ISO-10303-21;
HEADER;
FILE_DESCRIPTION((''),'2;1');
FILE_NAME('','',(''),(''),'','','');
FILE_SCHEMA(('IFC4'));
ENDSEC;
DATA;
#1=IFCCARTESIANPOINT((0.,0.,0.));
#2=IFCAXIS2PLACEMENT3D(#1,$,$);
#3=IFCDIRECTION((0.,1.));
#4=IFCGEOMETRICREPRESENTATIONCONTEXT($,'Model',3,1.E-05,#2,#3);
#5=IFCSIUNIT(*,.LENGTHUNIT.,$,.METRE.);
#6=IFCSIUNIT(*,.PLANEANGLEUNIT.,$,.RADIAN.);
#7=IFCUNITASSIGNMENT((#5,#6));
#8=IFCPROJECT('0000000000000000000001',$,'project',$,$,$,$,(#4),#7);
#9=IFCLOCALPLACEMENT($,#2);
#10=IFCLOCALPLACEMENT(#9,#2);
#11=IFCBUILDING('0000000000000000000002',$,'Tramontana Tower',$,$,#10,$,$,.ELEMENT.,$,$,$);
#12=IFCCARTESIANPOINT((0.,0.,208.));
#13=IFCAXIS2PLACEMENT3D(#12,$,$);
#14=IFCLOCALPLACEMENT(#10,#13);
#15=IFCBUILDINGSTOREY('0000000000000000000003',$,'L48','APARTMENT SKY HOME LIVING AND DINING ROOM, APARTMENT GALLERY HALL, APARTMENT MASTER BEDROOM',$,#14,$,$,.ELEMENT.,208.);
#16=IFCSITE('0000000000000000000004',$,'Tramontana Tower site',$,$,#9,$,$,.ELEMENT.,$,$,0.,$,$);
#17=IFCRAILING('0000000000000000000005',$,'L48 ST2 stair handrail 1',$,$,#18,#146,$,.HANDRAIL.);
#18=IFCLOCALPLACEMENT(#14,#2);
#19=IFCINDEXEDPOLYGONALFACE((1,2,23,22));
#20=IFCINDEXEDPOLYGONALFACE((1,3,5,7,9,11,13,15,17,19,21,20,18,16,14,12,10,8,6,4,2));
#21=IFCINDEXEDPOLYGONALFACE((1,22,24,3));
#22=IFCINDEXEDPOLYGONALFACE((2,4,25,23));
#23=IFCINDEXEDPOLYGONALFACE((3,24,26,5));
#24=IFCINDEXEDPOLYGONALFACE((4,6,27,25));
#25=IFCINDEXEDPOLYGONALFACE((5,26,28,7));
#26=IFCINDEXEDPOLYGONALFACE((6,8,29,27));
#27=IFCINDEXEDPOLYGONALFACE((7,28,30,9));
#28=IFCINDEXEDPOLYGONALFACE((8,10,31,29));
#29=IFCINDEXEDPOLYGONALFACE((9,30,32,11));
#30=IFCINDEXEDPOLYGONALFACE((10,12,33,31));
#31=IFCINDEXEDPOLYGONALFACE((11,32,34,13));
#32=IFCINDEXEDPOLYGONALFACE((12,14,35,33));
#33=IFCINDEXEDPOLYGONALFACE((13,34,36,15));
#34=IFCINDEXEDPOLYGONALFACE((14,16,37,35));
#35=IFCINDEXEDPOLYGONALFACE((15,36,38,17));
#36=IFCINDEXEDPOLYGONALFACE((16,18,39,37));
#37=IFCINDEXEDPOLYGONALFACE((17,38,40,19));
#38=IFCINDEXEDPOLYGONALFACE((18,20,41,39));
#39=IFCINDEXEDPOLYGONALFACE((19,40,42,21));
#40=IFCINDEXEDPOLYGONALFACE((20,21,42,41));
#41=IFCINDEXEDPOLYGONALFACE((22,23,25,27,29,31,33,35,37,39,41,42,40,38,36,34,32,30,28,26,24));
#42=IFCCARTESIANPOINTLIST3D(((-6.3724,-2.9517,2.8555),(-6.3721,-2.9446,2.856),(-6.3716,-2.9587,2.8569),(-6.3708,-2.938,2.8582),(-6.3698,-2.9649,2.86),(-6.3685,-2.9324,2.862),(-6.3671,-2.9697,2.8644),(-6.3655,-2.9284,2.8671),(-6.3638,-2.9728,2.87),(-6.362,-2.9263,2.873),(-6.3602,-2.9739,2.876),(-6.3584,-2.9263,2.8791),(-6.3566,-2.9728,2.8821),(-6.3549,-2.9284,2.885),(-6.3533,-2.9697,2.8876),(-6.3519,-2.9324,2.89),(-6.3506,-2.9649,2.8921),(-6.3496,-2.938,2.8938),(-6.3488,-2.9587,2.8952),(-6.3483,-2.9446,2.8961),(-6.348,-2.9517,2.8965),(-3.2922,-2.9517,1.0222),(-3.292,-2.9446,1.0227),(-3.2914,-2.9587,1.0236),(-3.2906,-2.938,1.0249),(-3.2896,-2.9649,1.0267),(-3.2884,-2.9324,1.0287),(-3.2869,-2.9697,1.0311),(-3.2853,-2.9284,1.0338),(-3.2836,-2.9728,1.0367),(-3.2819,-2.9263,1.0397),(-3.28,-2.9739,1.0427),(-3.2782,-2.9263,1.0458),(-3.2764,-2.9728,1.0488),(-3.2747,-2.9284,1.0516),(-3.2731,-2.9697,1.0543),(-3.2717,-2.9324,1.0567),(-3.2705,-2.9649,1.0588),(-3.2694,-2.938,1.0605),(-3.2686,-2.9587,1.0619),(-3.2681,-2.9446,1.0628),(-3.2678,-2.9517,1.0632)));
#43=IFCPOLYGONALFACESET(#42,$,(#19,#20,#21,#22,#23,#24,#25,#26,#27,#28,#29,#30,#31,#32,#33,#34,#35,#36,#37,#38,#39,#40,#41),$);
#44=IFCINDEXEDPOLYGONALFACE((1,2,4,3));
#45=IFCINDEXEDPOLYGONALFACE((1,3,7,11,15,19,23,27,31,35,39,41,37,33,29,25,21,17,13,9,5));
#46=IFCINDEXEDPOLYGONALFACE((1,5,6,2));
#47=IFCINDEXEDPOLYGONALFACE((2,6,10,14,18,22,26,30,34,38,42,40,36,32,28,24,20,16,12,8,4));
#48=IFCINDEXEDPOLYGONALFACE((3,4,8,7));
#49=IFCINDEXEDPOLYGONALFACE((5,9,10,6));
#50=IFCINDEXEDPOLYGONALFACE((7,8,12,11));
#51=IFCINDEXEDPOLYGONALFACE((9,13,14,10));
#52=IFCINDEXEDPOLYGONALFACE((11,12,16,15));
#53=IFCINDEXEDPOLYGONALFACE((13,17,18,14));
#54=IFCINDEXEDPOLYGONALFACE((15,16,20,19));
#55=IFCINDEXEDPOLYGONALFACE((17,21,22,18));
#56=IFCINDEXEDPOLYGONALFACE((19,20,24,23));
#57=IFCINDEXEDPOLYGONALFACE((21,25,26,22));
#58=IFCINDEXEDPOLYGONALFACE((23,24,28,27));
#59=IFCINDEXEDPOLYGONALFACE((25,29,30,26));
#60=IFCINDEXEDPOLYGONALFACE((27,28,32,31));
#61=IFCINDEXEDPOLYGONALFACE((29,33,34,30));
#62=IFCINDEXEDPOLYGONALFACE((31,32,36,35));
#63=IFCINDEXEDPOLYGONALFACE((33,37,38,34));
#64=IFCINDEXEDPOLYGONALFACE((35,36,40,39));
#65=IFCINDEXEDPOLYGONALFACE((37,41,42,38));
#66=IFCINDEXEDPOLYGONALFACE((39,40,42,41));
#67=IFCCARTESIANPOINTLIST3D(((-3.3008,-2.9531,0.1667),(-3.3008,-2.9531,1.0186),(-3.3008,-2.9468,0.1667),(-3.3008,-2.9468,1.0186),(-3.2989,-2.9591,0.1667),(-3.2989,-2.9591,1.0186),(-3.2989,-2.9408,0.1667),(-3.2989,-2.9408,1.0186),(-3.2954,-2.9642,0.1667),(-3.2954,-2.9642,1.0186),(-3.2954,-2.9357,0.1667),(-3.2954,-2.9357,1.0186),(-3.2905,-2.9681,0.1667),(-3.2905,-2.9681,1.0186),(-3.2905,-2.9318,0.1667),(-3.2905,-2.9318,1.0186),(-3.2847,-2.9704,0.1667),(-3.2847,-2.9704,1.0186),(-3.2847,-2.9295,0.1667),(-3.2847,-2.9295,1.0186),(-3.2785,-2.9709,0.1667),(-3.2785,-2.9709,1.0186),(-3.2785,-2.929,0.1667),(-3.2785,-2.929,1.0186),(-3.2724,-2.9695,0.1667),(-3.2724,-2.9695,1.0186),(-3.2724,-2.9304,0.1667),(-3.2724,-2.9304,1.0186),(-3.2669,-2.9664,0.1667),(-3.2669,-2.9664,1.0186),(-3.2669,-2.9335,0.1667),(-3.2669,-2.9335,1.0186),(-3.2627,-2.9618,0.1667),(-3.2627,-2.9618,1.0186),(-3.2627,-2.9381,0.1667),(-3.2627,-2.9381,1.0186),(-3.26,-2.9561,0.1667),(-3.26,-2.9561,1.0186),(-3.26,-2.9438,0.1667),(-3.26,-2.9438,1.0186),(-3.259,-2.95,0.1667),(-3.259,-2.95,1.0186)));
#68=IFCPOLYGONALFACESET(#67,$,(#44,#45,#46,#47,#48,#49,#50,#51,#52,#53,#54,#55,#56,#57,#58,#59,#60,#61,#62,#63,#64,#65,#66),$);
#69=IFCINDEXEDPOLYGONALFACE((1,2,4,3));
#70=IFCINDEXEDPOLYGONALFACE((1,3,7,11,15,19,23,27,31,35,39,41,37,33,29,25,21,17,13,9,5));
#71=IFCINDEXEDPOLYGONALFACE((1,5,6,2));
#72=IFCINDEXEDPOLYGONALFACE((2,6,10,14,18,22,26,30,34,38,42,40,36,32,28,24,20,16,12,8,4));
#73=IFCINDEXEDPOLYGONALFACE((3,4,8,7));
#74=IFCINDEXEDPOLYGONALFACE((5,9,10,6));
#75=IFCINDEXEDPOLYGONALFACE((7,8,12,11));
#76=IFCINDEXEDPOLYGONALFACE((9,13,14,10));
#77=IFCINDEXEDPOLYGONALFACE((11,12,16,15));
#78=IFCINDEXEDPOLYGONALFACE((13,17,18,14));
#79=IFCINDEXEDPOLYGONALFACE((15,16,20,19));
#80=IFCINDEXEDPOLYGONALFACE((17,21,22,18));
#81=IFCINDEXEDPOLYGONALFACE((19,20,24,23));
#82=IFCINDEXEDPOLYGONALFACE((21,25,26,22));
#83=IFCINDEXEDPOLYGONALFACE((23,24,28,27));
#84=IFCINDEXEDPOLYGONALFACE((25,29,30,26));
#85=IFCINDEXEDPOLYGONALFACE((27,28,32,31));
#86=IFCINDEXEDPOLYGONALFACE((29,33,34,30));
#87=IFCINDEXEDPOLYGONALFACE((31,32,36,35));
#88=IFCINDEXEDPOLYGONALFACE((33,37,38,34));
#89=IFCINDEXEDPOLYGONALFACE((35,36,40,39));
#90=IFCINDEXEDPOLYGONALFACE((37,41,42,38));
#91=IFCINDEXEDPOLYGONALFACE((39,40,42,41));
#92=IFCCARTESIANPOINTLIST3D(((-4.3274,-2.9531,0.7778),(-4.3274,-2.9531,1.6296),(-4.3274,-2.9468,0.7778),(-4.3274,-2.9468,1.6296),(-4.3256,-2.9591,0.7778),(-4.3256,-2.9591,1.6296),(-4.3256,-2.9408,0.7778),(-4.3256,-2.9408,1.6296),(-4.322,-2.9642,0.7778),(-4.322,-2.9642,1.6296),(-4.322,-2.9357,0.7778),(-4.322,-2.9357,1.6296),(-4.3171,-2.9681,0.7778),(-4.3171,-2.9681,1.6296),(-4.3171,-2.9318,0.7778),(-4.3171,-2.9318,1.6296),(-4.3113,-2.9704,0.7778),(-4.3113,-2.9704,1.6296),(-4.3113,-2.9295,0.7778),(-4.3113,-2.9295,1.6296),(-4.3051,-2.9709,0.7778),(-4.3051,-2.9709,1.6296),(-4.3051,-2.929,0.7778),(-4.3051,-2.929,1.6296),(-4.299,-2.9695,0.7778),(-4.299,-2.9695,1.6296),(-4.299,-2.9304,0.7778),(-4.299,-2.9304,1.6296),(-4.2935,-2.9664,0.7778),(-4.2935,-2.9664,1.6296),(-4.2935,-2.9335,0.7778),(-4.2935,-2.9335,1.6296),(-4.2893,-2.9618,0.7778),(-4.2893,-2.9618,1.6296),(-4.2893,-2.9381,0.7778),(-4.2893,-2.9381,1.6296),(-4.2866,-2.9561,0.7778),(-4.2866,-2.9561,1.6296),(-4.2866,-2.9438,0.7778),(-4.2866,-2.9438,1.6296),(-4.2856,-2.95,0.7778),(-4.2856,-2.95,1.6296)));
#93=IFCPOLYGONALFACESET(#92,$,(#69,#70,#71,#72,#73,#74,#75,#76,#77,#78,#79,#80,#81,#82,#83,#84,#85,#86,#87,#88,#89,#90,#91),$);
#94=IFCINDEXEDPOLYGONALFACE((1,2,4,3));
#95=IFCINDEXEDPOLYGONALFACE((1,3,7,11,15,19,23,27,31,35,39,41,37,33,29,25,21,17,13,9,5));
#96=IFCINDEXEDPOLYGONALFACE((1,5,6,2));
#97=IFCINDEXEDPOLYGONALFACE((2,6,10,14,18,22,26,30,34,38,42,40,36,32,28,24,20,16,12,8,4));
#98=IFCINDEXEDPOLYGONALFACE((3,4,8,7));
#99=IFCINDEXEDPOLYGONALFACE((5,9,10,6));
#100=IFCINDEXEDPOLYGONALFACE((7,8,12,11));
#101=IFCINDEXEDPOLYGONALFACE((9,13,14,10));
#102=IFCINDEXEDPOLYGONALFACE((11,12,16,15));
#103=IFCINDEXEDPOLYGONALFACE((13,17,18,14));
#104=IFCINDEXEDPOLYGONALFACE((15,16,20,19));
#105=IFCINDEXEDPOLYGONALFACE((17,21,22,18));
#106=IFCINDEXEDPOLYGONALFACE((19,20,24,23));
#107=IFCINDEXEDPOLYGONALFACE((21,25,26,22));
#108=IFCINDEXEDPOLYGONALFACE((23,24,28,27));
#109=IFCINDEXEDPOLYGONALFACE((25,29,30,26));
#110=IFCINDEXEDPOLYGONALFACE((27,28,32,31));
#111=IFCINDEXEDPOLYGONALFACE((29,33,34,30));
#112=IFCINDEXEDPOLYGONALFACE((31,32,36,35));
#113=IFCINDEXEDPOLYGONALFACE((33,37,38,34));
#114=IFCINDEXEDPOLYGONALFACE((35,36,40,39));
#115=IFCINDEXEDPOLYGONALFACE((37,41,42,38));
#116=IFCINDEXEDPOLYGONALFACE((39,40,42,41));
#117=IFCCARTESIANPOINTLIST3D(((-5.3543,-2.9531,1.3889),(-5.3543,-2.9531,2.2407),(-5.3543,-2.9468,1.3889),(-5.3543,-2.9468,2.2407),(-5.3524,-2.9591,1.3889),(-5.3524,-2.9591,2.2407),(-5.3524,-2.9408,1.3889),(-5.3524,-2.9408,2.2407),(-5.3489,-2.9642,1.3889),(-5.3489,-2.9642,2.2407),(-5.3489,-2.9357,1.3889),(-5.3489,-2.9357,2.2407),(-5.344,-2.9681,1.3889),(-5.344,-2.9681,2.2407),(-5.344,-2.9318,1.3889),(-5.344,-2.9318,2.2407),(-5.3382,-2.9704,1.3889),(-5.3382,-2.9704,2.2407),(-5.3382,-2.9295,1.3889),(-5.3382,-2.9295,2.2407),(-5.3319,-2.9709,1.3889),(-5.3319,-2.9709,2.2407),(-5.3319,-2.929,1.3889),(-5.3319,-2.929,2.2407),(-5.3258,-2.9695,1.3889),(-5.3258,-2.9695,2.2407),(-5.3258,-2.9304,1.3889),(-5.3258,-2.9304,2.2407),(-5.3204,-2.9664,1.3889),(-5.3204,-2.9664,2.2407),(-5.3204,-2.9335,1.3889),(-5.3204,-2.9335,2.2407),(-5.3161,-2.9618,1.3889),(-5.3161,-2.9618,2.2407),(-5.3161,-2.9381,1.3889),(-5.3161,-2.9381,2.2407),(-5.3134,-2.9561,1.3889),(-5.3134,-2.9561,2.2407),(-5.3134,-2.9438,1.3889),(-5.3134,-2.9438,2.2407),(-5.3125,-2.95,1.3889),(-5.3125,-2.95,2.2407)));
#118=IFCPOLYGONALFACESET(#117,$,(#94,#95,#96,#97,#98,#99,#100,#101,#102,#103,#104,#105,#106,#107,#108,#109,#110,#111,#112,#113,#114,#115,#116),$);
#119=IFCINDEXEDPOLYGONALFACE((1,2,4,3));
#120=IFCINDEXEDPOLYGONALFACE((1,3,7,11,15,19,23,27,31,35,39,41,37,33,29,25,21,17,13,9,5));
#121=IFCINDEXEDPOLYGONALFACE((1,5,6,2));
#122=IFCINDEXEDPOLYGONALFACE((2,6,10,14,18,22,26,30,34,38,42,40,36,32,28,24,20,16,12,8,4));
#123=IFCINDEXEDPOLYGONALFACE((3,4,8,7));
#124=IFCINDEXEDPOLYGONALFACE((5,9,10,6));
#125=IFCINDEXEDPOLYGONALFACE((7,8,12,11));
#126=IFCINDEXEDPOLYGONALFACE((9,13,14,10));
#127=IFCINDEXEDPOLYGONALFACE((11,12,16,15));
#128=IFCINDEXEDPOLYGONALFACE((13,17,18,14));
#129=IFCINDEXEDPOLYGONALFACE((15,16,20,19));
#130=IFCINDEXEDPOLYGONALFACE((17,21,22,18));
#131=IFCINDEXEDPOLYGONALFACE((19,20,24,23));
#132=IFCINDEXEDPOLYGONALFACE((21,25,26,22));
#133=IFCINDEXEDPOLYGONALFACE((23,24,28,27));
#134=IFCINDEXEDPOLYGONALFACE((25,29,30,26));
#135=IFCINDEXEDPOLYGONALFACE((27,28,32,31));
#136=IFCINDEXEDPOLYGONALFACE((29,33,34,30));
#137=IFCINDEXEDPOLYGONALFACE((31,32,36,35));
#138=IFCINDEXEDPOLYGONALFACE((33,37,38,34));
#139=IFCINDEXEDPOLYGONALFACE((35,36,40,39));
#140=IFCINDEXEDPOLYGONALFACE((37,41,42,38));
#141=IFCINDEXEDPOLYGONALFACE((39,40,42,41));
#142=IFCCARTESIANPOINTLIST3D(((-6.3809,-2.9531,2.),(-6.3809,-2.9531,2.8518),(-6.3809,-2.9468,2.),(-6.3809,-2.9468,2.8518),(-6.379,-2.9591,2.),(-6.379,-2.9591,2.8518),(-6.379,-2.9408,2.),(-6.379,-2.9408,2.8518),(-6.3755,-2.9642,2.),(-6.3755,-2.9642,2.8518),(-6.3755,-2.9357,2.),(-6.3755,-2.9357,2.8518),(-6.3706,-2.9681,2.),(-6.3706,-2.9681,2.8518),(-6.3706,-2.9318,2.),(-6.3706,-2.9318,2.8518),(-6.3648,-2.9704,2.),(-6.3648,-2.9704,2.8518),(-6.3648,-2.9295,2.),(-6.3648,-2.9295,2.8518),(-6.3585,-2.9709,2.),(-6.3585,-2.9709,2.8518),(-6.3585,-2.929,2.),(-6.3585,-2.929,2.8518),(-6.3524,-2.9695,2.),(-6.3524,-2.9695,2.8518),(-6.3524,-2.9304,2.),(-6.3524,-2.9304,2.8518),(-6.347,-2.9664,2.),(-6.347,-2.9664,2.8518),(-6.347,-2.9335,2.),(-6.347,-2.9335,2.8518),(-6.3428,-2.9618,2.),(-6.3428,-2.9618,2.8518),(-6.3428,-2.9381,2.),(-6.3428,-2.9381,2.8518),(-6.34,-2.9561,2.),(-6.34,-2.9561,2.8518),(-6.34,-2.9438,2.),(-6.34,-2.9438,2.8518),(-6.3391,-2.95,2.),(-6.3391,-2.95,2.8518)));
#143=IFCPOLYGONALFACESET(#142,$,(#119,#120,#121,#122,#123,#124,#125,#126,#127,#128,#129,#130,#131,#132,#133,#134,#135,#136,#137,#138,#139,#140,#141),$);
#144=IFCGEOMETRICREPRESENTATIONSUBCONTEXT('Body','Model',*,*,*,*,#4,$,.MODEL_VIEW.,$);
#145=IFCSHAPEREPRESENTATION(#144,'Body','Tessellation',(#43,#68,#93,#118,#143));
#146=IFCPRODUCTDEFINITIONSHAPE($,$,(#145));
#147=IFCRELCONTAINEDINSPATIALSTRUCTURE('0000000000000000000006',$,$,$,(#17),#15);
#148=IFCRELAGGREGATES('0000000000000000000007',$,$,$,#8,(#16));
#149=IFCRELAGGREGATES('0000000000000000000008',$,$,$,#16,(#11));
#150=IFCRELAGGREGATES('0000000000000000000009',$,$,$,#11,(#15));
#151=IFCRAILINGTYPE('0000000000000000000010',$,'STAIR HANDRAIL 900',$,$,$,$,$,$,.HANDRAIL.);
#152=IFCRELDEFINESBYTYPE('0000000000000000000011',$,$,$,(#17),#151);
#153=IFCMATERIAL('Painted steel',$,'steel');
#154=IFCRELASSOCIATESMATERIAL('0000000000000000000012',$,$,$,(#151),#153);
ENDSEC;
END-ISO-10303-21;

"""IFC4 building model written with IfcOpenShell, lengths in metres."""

from ifc_helpers import new_model, si_unit, direction, frame, origin, origin_2d, place, context, subcontext, project, spatial, circle, extrude, material, type_object, element, save


model = new_model("IFC4")

# Units and contexts
model_context = context("Model", 3, precision=1e-05, world=origin(), true_north=direction((0.0, 1.0)))
body_context = subcontext(model_context, "Body", "Model", "MODEL_VIEW")
ifc_project = project(units=[si_unit("LENGTHUNIT", "METRE"), si_unit("PLANEANGLEUNIT", "RADIAN")], contexts=[model_context])

# Site, building, storey
site_placement = place(None, origin())
site = spatial("IfcSite", under=ifc_project, at=site_placement, Name="Tramontana Tower site", CompositionType="ELEMENT", RefElevation=0.0)
building_placement = place(site_placement, origin())
building = spatial("IfcBuilding", under=site, at=building_placement, Name="Tramontana Tower", CompositionType="ELEMENT")
storey_placement = place(building_placement, frame((0.0, 0.0, 208.0)))
storey = spatial("IfcBuildingStorey", under=building, at=storey_placement, Name="L48", Description="APARTMENT SKY HOME LIVING AND DINING ROOM, APARTMENT GALLERY HALL, APARTMENT MASTER BEDROOM", CompositionType="ELEMENT", Elevation=208.0)

# Railing
ifc_material_1 = material(Name="Painted steel", Category="steel")
railing_type_1 = type_object("IfcRailingType", Name="STAIR HANDRAIL 900", PredefinedType="HANDRAIL", material=ifc_material_1)
railing_1_placement = place(storey_placement, frame((-3.28, -2.95, 0.1667)))
element("IfcRailing", 1, at=railing_1_placement, inside=storey, type_object=railing_type_1, Name="L48 ST2 stair handrail 1", PredefinedType="HANDRAIL", context=body_context, shape_type="SweptSolid", body=[
    extrude(circle(Radius=0.0239, at=origin_2d()), frame((0.0, 0.0, 0.876), z_axis=(-0.859309, 0.0, 0.511458), x_axis=(0.0, -1.0, 0.0)), (0.0, 0.0, 1.0), 3.5845),
    extrude(circle(Radius=0.021, at=origin_2d()), origin(), (0.0, 0.0, 1.0), 0.8518),
    extrude(circle(Radius=0.021, at=origin_2d()), frame((-1.0266, 0.0, 0.6111)), (0.0, 0.0, 1.0), 0.8518),
    extrude(circle(Radius=0.021, at=origin_2d()), frame((-2.0535, 0.0, 1.2222)), (0.0, 0.0, 1.0), 0.8518),
    extrude(circle(Radius=0.021, at=origin_2d()), frame((-3.0801, 0.0, 1.8333)), (0.0, 0.0, 1.0), 0.8518),
])

save(model, "model.ifc")
